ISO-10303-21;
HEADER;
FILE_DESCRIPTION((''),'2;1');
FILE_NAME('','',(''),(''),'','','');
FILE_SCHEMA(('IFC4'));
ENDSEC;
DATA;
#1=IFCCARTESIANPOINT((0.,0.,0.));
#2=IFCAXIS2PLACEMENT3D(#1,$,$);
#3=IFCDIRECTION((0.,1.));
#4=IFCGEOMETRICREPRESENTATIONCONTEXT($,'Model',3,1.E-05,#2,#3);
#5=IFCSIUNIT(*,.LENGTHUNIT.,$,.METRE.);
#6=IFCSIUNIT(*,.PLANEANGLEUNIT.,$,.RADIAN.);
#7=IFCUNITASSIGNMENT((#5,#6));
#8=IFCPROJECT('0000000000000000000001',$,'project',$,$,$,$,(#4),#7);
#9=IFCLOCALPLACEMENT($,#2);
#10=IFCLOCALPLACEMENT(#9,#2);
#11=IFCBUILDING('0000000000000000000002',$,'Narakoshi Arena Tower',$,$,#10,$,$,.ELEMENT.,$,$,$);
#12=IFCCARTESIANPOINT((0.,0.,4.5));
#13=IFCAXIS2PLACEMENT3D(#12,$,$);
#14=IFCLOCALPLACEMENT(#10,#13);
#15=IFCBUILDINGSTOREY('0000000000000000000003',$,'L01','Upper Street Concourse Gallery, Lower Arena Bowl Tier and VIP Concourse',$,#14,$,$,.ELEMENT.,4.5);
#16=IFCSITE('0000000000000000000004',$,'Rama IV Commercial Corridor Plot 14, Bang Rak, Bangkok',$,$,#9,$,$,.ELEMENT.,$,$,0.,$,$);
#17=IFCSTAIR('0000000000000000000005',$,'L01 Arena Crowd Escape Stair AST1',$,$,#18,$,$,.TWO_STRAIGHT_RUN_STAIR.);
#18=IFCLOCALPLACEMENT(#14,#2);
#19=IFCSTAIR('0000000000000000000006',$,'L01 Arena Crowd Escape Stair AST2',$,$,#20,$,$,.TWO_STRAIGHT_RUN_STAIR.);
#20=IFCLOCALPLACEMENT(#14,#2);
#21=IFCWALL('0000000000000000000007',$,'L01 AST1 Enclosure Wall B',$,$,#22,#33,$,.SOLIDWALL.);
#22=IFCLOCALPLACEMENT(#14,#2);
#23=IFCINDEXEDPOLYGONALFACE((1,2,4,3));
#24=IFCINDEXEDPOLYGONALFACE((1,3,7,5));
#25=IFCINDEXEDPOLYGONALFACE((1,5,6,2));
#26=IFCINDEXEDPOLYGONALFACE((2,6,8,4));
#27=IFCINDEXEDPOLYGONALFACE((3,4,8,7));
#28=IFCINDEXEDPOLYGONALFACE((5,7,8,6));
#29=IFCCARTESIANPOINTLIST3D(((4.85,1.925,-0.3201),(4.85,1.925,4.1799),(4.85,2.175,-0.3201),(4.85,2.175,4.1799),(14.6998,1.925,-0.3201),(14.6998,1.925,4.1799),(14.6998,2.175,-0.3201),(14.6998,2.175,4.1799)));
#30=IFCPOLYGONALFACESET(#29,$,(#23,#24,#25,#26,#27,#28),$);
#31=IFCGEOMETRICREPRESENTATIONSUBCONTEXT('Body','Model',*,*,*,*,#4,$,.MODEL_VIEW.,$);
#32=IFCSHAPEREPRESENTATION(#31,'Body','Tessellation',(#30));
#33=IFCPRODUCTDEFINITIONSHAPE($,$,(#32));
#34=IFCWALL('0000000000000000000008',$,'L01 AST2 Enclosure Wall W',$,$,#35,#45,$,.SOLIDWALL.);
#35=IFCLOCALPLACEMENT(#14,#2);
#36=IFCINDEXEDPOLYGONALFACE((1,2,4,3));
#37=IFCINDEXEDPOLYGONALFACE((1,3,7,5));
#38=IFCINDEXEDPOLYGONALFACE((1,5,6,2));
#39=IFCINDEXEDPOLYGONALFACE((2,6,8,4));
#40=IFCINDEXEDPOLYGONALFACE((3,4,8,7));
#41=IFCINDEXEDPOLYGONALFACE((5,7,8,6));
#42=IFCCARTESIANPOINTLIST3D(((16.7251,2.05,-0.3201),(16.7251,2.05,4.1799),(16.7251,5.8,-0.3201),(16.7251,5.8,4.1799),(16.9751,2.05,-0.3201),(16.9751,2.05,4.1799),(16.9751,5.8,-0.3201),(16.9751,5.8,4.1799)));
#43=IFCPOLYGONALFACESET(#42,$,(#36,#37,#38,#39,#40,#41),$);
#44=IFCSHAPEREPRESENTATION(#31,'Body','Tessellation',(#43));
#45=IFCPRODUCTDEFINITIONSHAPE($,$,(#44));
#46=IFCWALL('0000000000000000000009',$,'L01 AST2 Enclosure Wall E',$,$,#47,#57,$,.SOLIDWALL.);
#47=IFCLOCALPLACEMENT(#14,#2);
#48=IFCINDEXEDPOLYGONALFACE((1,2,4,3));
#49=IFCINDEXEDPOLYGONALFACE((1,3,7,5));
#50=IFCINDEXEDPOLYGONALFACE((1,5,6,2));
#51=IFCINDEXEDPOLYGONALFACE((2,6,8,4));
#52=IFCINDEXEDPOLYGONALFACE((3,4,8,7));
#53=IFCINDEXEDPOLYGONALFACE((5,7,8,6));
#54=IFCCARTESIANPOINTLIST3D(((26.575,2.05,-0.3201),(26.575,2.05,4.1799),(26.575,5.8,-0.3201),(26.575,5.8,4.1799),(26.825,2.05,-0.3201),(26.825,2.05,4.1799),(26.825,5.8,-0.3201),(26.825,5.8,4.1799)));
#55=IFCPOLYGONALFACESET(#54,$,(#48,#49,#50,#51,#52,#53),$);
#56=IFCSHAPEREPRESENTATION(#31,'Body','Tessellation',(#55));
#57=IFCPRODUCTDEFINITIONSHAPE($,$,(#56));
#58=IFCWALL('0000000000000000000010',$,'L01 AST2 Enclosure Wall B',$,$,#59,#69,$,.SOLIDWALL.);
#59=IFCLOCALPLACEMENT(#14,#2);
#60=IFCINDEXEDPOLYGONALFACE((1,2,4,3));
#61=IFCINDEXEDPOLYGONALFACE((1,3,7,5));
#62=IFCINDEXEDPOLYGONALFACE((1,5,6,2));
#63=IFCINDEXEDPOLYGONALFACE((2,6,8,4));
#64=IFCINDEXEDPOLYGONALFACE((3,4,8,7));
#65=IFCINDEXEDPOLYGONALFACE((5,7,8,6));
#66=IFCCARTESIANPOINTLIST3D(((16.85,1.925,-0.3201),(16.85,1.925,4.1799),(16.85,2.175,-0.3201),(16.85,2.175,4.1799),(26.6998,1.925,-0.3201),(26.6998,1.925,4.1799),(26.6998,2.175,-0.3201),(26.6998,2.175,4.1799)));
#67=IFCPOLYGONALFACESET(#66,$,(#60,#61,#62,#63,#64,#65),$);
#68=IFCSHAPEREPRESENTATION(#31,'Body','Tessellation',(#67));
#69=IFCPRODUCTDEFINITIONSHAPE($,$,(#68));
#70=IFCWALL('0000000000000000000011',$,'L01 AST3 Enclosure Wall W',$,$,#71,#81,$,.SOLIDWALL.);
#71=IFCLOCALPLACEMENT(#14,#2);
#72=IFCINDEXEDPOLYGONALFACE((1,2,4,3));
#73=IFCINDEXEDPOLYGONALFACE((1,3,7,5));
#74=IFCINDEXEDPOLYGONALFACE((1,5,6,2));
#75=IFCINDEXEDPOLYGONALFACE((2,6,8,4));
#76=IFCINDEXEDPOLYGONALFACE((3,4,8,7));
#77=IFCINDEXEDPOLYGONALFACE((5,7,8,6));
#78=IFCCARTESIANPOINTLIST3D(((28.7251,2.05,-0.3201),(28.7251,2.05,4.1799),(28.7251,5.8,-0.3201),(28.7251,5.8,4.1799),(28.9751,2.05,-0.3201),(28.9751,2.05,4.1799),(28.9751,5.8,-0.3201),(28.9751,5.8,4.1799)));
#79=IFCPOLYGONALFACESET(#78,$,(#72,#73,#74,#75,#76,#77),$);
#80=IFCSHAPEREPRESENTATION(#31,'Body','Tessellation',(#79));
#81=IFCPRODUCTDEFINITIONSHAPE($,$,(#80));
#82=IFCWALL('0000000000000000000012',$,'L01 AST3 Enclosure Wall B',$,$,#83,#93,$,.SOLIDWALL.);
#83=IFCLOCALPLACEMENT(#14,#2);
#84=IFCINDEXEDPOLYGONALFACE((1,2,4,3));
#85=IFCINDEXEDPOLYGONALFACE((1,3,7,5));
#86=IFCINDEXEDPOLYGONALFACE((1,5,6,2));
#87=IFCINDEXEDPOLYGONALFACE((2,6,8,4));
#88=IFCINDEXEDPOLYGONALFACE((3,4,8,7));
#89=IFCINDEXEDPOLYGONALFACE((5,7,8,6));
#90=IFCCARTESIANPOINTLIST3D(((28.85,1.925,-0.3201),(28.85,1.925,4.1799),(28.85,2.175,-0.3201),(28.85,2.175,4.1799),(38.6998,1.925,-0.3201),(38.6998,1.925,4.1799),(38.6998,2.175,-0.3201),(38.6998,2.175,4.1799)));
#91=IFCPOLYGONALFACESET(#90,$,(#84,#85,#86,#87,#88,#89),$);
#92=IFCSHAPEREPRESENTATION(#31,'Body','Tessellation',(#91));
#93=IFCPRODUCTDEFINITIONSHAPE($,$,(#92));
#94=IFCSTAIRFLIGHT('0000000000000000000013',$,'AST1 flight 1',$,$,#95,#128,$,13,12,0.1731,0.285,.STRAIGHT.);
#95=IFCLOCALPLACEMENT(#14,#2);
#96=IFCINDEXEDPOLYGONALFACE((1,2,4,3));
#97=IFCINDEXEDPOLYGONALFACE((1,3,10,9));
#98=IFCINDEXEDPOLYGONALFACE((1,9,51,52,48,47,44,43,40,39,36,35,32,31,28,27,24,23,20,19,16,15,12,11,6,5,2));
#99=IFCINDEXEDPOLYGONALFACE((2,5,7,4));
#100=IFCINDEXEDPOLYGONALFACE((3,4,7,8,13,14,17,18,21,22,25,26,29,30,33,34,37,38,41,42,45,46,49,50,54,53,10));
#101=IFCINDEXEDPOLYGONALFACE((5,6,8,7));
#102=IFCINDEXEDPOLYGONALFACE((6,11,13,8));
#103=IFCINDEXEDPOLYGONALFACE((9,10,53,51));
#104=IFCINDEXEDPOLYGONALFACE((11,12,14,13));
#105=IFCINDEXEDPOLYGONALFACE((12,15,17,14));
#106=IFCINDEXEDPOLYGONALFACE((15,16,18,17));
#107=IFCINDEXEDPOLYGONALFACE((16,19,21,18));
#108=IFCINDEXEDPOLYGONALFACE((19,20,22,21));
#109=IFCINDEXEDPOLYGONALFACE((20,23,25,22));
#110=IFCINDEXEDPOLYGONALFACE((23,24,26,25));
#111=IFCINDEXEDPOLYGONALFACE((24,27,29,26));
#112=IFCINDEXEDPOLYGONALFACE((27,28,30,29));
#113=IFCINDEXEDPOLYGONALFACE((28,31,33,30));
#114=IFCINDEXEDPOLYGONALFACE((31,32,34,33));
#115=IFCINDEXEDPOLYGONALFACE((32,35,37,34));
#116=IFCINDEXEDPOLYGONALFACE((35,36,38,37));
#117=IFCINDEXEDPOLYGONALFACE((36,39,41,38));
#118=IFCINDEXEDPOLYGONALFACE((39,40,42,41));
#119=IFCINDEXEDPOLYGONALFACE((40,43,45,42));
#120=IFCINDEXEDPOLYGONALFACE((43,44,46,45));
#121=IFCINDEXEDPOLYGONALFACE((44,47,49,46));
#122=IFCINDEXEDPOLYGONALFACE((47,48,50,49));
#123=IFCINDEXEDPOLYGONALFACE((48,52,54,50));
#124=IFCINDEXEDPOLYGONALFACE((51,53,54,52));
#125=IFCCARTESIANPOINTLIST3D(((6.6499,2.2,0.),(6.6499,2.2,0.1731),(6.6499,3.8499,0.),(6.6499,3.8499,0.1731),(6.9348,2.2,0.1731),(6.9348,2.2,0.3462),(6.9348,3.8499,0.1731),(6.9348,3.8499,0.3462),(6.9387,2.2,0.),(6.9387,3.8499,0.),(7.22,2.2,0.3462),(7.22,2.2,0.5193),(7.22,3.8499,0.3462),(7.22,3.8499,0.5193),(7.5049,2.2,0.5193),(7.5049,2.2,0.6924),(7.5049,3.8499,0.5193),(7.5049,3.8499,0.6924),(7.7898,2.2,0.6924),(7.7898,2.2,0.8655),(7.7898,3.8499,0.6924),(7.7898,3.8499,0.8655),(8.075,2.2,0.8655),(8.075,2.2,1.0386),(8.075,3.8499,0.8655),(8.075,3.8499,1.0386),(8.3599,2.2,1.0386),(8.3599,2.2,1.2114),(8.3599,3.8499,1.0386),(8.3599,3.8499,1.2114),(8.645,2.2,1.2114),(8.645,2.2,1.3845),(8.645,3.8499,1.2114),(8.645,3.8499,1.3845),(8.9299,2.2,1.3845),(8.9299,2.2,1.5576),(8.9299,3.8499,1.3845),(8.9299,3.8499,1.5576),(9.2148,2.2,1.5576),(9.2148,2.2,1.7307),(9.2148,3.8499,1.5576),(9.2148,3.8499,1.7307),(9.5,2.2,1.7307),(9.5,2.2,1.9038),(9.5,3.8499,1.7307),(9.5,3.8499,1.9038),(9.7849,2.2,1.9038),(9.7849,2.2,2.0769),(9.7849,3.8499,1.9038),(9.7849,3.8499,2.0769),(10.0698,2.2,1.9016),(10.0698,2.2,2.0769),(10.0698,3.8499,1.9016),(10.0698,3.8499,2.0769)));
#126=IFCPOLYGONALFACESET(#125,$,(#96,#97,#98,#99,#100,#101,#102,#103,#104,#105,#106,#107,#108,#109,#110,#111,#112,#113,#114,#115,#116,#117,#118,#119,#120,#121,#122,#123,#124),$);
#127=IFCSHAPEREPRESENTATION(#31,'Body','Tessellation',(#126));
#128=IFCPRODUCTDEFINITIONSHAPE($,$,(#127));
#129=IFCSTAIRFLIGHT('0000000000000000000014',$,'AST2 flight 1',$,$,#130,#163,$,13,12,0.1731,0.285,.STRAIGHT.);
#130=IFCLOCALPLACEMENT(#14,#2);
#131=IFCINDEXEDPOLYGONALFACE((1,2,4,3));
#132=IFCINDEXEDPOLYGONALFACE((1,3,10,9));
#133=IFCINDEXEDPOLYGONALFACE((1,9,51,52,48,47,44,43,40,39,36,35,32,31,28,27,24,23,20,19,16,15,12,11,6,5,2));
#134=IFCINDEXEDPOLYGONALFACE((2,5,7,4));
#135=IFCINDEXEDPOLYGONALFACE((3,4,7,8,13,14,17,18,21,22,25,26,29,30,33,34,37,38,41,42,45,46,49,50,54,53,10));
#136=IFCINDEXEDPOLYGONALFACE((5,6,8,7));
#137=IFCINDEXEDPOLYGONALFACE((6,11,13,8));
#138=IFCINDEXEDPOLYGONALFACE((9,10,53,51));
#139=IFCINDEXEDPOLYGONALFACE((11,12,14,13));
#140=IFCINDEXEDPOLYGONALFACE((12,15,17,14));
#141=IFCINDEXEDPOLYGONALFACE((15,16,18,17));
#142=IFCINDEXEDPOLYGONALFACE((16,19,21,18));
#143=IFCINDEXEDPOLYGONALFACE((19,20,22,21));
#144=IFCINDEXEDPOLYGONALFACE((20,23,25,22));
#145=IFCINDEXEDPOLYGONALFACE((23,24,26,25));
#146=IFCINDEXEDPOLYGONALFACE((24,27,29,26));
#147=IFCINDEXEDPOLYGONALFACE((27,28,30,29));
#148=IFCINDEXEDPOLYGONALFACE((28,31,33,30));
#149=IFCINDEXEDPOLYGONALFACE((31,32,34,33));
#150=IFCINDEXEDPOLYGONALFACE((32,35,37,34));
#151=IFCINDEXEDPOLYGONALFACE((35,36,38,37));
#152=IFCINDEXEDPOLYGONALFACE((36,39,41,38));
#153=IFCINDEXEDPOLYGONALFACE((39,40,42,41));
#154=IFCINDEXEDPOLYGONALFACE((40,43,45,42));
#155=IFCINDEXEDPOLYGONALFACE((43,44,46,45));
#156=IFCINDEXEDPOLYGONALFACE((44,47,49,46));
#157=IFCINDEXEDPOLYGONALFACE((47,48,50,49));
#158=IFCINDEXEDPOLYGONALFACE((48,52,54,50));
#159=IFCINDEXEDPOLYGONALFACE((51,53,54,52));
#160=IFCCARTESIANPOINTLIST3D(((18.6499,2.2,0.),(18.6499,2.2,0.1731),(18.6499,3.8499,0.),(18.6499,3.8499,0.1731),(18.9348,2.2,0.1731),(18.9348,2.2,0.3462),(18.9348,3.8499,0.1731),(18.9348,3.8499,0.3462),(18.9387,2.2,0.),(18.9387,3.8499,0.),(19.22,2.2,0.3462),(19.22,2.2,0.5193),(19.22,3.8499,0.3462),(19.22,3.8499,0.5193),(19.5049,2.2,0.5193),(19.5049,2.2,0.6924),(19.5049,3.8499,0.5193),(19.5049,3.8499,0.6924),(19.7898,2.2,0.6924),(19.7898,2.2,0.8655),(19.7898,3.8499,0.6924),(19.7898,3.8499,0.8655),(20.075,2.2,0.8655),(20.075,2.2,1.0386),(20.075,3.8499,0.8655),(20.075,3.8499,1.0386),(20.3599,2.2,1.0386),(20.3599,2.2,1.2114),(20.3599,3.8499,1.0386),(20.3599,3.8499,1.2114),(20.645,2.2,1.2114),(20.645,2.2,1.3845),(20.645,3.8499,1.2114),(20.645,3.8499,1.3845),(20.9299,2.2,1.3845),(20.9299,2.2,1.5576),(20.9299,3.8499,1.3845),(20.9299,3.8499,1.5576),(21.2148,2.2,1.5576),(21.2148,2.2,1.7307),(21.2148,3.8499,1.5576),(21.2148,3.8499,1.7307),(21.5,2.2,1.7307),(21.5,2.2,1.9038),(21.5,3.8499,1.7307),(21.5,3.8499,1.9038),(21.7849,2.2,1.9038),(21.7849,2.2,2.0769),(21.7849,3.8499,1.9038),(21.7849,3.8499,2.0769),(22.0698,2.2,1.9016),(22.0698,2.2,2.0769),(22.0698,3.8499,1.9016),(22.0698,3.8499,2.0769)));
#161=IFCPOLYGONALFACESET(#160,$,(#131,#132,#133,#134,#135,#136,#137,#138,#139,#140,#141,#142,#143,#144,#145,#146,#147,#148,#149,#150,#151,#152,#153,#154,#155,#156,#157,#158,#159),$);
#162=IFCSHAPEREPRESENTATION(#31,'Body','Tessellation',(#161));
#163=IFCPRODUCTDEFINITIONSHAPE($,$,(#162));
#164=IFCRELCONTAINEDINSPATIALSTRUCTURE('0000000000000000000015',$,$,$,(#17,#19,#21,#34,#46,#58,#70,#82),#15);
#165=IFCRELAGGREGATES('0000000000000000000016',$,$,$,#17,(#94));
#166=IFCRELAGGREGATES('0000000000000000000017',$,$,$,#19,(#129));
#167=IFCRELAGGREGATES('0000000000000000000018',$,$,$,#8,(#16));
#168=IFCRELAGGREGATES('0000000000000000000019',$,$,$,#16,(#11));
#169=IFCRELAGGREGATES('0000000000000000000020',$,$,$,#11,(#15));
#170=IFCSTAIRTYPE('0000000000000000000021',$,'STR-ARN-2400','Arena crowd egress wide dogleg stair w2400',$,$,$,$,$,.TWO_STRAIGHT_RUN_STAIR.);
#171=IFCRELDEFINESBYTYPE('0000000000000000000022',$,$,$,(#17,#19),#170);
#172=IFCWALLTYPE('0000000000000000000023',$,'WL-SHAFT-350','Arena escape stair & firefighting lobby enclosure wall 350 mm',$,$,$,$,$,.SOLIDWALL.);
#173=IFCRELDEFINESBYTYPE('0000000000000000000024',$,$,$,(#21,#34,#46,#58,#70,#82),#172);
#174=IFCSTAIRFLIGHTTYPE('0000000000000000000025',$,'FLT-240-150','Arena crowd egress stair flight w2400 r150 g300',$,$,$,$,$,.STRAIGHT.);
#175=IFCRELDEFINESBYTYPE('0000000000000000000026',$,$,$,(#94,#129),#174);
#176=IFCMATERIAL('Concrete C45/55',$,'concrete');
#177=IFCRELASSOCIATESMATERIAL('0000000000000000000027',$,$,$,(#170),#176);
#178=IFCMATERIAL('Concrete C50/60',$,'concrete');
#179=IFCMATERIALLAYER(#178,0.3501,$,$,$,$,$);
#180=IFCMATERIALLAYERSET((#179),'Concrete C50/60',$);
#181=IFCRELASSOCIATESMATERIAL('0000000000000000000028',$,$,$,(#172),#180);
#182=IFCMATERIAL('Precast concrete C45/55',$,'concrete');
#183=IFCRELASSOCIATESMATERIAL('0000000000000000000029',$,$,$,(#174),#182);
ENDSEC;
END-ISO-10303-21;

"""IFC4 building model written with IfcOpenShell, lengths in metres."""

from ifc_helpers import new_model, si_unit, direction, frame, frame_2d, origin, place, context, subcontext, project, spatial, polyline, rectangle, outline, extrude, material, layer, layer_set, type_object, element, aggregate, save


model = new_model("IFC4")

# Units and contexts
model_context = context("Model", 3, precision=1e-05, world=origin(), true_north=direction((0.0, 1.0)))
body_context = subcontext(model_context, "Body", "Model", "MODEL_VIEW")
ifc_project = project(units=[si_unit("LENGTHUNIT", "METRE"), si_unit("PLANEANGLEUNIT", "RADIAN")], contexts=[model_context])

# Site, building, storey
site_placement = place(None, origin())
site = spatial("IfcSite", under=ifc_project, at=site_placement, Name="Rama IV Commercial Corridor Plot 14, Bang Rak, Bangkok", CompositionType="ELEMENT", RefElevation=0.0)
building_placement = place(site_placement, origin())
building = spatial("IfcBuilding", under=site, at=building_placement, Name="Narakoshi Arena Tower", CompositionType="ELEMENT")
storey_placement = place(building_placement, frame((0.0, 0.0, 4.5)))
storey = spatial("IfcBuildingStorey", under=building, at=storey_placement, Name="L01", Description="Upper Street Concourse Gallery, Lower Arena Bowl Tier and VIP Concourse", CompositionType="ELEMENT", Elevation=4.5)

# Shared definitions
ifc_material_1 = material(Name="Precast concrete C45/55", Category="concrete")

# Stairs
ifc_material_2 = material(Name="Concrete C45/55", Category="concrete")
stair_type_1 = type_object("IfcStairType", Name="STR-ARN-2400", Description="Arena crowd egress wide dogleg stair w2400", PredefinedType="TWO_STRAIGHT_RUN_STAIR", material=ifc_material_2)
stair_1_placement = place(storey_placement, origin())
stair_1 = element("IfcStair", 1, at=stair_1_placement, inside=storey, type_object=stair_type_1, Name="L01 Arena Crowd Escape Stair AST1", PredefinedType="TWO_STRAIGHT_RUN_STAIR")
stair_2_placement = place(storey_placement, origin())
stair_2 = element("IfcStair", 2, at=stair_2_placement, inside=storey, type_object=stair_type_1, Name="L01 Arena Crowd Escape Stair AST2", PredefinedType="TWO_STRAIGHT_RUN_STAIR")

# Walls
ifc_material_3 = material(Name="Concrete C50/60", Category="concrete")
ifc_layer_1 = layer(ifc_material_3, 0.3501)
ifc_layer_set_1 = layer_set([ifc_layer_1], Name="Concrete C50/60")
wall_type_1 = type_object("IfcWallType", Name="WL-SHAFT-350", Description="Arena escape stair & firefighting lobby enclosure wall 350 mm", PredefinedType="SOLIDWALL", material=ifc_layer_set_1)
wall_1_placement = place(storey_placement, frame((4.8501, 2.05, -0.3201), z_axis=(0.0, 0.0, 1.0), x_axis=(1.0, 0.0, 0.0)))
element("IfcWall", 3, at=wall_1_placement, inside=storey, type_object=wall_type_1, Name="L01 AST1 Enclosure Wall B", PredefinedType="SOLIDWALL", context=body_context, shape_type="SweptSolid", body=[
    extrude(rectangle(XDim=9.8499, YDim=0.25, at=frame_2d((4.9248, 0.0))), origin(), (0.0, 0.0, 1.0), 4.5),
])
for number, where, z_axis, x_axis, name in (
    (4, (16.8501, 2.05, -0.3201), (0.0, 0.0, 1.0), (0.0, 1.0, 0.0), "L01 AST2 Enclosure Wall W"),
    (5, (26.7, 2.05, -0.3201), (0.0, 0.0, 1.0), (0.0, 1.0, 0.0), "L01 AST2 Enclosure Wall E"),
):
    element("IfcWall", number, at=place(storey_placement, frame(where, z_axis=z_axis, x_axis=x_axis)), inside=storey, type_object=wall_type_1, Name=name, PredefinedType="SOLIDWALL", context=body_context, shape_type="SweptSolid", body=[
        extrude(rectangle(XDim=3.75, YDim=0.25, at=frame_2d((1.875, 0.0))), origin(), (0.0, 0.0, 1.0), 4.5),
    ])
wall_2_placement = place(storey_placement, frame((16.8501, 2.05, -0.3201), z_axis=(0.0, 0.0, 1.0), x_axis=(1.0, 0.0, 0.0)))
element("IfcWall", 6, at=wall_2_placement, inside=storey, type_object=wall_type_1, Name="L01 AST2 Enclosure Wall B", PredefinedType="SOLIDWALL", context=body_context, shape_type="SweptSolid", body=[
    extrude(rectangle(XDim=9.8499, YDim=0.25, at=frame_2d((4.9248, 0.0))), origin(), (0.0, 0.0, 1.0), 4.5),
])
wall_3_placement = place(storey_placement, frame((28.8501, 2.05, -0.3201), z_axis=(0.0, 0.0, 1.0), x_axis=(0.0, 1.0, 0.0)))
element("IfcWall", 7, at=wall_3_placement, inside=storey, type_object=wall_type_1, Name="L01 AST3 Enclosure Wall W", PredefinedType="SOLIDWALL", context=body_context, shape_type="SweptSolid", body=[
    extrude(rectangle(XDim=3.75, YDim=0.25, at=frame_2d((1.875, 0.0))), origin(), (0.0, 0.0, 1.0), 4.5),
])
wall_4_placement = place(storey_placement, frame((28.8501, 2.05, -0.3201), z_axis=(0.0, 0.0, 1.0), x_axis=(1.0, 0.0, 0.0)))
element("IfcWall", 8, at=wall_4_placement, inside=storey, type_object=wall_type_1, Name="L01 AST3 Enclosure Wall B", PredefinedType="SOLIDWALL", context=body_context, shape_type="SweptSolid", body=[
    extrude(rectangle(XDim=9.8499, YDim=0.25, at=frame_2d((4.9248, 0.0))), origin(), (0.0, 0.0, 1.0), 4.5),
])

# Stair flights
stair_flight_type = type_object("IfcStairFlightType", Name="FLT-240-150", Description="Arena crowd egress stair flight w2400 r150 g300", PredefinedType="STRAIGHT", material=ifc_material_1)
stair_flight_1_placement = place(storey_placement, frame((6.6499, 3.0249, 0.0), z_axis=(0.0, 0.0, 1.0), x_axis=(1.0, 0.0, 0.0)))
stair_flight_1 = element("IfcStairFlight", 9, at=stair_flight_1_placement, type_object=stair_flight_type, Name="AST1 flight 1", NumberOfRisers=13, NumberOfTreads=12, PredefinedType="STRAIGHT", RiserHeight=0.1731, TreadLength=0.285, context=body_context, shape_type="SweptSolid", body=[
    extrude(outline(polyline([(0.0, 0.0), (0.0, 0.1731), (0.2849, 0.1731), (0.2849, 0.3462), (0.5701, 0.3462), (0.5701, 0.5193), (0.855, 0.5193), (0.855, 0.6924), (1.1399, 0.6924), (1.1399, 0.8655), (1.425, 0.8655), (1.425, 1.0386), (1.71, 1.0386), (1.71, 1.2114), (1.9951, 1.2114), (1.9951, 1.3845), (2.28, 1.3845), (2.28, 1.5576), (2.5649, 1.5576), (2.5649, 1.7307), (2.8501, 1.7307), (2.8501, 1.9038), (3.135, 1.9038), (3.135, 2.0769), (3.4199, 2.0769), (3.4199, 2.25), (3.4199, 1.9016), (0.2888, 0.0), (0.0, 0.0)])), frame((0.0, 0.825, 0.0), z_axis=(0.0, -1.0, 0.0), x_axis=(1.0, 0.0, 0.0)), (0.0, 0.0, 1.0), 1.6499),
])
aggregate(stair_1, [stair_flight_1])
stair_flight_2_placement = place(storey_placement, frame((18.6499, 3.0249, 0.0), z_axis=(0.0, 0.0, 1.0), x_axis=(1.0, 0.0, 0.0)))
stair_flight_2 = element("IfcStairFlight", 10, at=stair_flight_2_placement, type_object=stair_flight_type, Name="AST2 flight 1", NumberOfRisers=13, NumberOfTreads=12, PredefinedType="STRAIGHT", RiserHeight=0.1731, TreadLength=0.285, context=body_context, shape_type="SweptSolid", body=[
    extrude(outline(polyline([(0.0, 0.0), (0.0, 0.1731), (0.2849, 0.1731), (0.2849, 0.3462), (0.5701, 0.3462), (0.5701, 0.5193), (0.855, 0.5193), (0.855, 0.6924), (1.1399, 0.6924), (1.1399, 0.8655), (1.425, 0.8655), (1.425, 1.0386), (1.71, 1.0386), (1.71, 1.2114), (1.9951, 1.2114), (1.9951, 1.3845), (2.28, 1.3845), (2.28, 1.5576), (2.5649, 1.5576), (2.5649, 1.7307), (2.8501, 1.7307), (2.8501, 1.9038), (3.135, 1.9038), (3.135, 2.0769), (3.4199, 2.0769), (3.4199, 2.25), (3.4199, 1.9016), (0.2888, 0.0), (0.0, 0.0)])), frame((0.0, 0.825, 0.0), z_axis=(0.0, -1.0, 0.0), x_axis=(1.0, 0.0, 0.0)), (0.0, 0.0, 1.0), 1.6499),
])
aggregate(stair_2, [stair_flight_2])

save(model, "model.ifc")
